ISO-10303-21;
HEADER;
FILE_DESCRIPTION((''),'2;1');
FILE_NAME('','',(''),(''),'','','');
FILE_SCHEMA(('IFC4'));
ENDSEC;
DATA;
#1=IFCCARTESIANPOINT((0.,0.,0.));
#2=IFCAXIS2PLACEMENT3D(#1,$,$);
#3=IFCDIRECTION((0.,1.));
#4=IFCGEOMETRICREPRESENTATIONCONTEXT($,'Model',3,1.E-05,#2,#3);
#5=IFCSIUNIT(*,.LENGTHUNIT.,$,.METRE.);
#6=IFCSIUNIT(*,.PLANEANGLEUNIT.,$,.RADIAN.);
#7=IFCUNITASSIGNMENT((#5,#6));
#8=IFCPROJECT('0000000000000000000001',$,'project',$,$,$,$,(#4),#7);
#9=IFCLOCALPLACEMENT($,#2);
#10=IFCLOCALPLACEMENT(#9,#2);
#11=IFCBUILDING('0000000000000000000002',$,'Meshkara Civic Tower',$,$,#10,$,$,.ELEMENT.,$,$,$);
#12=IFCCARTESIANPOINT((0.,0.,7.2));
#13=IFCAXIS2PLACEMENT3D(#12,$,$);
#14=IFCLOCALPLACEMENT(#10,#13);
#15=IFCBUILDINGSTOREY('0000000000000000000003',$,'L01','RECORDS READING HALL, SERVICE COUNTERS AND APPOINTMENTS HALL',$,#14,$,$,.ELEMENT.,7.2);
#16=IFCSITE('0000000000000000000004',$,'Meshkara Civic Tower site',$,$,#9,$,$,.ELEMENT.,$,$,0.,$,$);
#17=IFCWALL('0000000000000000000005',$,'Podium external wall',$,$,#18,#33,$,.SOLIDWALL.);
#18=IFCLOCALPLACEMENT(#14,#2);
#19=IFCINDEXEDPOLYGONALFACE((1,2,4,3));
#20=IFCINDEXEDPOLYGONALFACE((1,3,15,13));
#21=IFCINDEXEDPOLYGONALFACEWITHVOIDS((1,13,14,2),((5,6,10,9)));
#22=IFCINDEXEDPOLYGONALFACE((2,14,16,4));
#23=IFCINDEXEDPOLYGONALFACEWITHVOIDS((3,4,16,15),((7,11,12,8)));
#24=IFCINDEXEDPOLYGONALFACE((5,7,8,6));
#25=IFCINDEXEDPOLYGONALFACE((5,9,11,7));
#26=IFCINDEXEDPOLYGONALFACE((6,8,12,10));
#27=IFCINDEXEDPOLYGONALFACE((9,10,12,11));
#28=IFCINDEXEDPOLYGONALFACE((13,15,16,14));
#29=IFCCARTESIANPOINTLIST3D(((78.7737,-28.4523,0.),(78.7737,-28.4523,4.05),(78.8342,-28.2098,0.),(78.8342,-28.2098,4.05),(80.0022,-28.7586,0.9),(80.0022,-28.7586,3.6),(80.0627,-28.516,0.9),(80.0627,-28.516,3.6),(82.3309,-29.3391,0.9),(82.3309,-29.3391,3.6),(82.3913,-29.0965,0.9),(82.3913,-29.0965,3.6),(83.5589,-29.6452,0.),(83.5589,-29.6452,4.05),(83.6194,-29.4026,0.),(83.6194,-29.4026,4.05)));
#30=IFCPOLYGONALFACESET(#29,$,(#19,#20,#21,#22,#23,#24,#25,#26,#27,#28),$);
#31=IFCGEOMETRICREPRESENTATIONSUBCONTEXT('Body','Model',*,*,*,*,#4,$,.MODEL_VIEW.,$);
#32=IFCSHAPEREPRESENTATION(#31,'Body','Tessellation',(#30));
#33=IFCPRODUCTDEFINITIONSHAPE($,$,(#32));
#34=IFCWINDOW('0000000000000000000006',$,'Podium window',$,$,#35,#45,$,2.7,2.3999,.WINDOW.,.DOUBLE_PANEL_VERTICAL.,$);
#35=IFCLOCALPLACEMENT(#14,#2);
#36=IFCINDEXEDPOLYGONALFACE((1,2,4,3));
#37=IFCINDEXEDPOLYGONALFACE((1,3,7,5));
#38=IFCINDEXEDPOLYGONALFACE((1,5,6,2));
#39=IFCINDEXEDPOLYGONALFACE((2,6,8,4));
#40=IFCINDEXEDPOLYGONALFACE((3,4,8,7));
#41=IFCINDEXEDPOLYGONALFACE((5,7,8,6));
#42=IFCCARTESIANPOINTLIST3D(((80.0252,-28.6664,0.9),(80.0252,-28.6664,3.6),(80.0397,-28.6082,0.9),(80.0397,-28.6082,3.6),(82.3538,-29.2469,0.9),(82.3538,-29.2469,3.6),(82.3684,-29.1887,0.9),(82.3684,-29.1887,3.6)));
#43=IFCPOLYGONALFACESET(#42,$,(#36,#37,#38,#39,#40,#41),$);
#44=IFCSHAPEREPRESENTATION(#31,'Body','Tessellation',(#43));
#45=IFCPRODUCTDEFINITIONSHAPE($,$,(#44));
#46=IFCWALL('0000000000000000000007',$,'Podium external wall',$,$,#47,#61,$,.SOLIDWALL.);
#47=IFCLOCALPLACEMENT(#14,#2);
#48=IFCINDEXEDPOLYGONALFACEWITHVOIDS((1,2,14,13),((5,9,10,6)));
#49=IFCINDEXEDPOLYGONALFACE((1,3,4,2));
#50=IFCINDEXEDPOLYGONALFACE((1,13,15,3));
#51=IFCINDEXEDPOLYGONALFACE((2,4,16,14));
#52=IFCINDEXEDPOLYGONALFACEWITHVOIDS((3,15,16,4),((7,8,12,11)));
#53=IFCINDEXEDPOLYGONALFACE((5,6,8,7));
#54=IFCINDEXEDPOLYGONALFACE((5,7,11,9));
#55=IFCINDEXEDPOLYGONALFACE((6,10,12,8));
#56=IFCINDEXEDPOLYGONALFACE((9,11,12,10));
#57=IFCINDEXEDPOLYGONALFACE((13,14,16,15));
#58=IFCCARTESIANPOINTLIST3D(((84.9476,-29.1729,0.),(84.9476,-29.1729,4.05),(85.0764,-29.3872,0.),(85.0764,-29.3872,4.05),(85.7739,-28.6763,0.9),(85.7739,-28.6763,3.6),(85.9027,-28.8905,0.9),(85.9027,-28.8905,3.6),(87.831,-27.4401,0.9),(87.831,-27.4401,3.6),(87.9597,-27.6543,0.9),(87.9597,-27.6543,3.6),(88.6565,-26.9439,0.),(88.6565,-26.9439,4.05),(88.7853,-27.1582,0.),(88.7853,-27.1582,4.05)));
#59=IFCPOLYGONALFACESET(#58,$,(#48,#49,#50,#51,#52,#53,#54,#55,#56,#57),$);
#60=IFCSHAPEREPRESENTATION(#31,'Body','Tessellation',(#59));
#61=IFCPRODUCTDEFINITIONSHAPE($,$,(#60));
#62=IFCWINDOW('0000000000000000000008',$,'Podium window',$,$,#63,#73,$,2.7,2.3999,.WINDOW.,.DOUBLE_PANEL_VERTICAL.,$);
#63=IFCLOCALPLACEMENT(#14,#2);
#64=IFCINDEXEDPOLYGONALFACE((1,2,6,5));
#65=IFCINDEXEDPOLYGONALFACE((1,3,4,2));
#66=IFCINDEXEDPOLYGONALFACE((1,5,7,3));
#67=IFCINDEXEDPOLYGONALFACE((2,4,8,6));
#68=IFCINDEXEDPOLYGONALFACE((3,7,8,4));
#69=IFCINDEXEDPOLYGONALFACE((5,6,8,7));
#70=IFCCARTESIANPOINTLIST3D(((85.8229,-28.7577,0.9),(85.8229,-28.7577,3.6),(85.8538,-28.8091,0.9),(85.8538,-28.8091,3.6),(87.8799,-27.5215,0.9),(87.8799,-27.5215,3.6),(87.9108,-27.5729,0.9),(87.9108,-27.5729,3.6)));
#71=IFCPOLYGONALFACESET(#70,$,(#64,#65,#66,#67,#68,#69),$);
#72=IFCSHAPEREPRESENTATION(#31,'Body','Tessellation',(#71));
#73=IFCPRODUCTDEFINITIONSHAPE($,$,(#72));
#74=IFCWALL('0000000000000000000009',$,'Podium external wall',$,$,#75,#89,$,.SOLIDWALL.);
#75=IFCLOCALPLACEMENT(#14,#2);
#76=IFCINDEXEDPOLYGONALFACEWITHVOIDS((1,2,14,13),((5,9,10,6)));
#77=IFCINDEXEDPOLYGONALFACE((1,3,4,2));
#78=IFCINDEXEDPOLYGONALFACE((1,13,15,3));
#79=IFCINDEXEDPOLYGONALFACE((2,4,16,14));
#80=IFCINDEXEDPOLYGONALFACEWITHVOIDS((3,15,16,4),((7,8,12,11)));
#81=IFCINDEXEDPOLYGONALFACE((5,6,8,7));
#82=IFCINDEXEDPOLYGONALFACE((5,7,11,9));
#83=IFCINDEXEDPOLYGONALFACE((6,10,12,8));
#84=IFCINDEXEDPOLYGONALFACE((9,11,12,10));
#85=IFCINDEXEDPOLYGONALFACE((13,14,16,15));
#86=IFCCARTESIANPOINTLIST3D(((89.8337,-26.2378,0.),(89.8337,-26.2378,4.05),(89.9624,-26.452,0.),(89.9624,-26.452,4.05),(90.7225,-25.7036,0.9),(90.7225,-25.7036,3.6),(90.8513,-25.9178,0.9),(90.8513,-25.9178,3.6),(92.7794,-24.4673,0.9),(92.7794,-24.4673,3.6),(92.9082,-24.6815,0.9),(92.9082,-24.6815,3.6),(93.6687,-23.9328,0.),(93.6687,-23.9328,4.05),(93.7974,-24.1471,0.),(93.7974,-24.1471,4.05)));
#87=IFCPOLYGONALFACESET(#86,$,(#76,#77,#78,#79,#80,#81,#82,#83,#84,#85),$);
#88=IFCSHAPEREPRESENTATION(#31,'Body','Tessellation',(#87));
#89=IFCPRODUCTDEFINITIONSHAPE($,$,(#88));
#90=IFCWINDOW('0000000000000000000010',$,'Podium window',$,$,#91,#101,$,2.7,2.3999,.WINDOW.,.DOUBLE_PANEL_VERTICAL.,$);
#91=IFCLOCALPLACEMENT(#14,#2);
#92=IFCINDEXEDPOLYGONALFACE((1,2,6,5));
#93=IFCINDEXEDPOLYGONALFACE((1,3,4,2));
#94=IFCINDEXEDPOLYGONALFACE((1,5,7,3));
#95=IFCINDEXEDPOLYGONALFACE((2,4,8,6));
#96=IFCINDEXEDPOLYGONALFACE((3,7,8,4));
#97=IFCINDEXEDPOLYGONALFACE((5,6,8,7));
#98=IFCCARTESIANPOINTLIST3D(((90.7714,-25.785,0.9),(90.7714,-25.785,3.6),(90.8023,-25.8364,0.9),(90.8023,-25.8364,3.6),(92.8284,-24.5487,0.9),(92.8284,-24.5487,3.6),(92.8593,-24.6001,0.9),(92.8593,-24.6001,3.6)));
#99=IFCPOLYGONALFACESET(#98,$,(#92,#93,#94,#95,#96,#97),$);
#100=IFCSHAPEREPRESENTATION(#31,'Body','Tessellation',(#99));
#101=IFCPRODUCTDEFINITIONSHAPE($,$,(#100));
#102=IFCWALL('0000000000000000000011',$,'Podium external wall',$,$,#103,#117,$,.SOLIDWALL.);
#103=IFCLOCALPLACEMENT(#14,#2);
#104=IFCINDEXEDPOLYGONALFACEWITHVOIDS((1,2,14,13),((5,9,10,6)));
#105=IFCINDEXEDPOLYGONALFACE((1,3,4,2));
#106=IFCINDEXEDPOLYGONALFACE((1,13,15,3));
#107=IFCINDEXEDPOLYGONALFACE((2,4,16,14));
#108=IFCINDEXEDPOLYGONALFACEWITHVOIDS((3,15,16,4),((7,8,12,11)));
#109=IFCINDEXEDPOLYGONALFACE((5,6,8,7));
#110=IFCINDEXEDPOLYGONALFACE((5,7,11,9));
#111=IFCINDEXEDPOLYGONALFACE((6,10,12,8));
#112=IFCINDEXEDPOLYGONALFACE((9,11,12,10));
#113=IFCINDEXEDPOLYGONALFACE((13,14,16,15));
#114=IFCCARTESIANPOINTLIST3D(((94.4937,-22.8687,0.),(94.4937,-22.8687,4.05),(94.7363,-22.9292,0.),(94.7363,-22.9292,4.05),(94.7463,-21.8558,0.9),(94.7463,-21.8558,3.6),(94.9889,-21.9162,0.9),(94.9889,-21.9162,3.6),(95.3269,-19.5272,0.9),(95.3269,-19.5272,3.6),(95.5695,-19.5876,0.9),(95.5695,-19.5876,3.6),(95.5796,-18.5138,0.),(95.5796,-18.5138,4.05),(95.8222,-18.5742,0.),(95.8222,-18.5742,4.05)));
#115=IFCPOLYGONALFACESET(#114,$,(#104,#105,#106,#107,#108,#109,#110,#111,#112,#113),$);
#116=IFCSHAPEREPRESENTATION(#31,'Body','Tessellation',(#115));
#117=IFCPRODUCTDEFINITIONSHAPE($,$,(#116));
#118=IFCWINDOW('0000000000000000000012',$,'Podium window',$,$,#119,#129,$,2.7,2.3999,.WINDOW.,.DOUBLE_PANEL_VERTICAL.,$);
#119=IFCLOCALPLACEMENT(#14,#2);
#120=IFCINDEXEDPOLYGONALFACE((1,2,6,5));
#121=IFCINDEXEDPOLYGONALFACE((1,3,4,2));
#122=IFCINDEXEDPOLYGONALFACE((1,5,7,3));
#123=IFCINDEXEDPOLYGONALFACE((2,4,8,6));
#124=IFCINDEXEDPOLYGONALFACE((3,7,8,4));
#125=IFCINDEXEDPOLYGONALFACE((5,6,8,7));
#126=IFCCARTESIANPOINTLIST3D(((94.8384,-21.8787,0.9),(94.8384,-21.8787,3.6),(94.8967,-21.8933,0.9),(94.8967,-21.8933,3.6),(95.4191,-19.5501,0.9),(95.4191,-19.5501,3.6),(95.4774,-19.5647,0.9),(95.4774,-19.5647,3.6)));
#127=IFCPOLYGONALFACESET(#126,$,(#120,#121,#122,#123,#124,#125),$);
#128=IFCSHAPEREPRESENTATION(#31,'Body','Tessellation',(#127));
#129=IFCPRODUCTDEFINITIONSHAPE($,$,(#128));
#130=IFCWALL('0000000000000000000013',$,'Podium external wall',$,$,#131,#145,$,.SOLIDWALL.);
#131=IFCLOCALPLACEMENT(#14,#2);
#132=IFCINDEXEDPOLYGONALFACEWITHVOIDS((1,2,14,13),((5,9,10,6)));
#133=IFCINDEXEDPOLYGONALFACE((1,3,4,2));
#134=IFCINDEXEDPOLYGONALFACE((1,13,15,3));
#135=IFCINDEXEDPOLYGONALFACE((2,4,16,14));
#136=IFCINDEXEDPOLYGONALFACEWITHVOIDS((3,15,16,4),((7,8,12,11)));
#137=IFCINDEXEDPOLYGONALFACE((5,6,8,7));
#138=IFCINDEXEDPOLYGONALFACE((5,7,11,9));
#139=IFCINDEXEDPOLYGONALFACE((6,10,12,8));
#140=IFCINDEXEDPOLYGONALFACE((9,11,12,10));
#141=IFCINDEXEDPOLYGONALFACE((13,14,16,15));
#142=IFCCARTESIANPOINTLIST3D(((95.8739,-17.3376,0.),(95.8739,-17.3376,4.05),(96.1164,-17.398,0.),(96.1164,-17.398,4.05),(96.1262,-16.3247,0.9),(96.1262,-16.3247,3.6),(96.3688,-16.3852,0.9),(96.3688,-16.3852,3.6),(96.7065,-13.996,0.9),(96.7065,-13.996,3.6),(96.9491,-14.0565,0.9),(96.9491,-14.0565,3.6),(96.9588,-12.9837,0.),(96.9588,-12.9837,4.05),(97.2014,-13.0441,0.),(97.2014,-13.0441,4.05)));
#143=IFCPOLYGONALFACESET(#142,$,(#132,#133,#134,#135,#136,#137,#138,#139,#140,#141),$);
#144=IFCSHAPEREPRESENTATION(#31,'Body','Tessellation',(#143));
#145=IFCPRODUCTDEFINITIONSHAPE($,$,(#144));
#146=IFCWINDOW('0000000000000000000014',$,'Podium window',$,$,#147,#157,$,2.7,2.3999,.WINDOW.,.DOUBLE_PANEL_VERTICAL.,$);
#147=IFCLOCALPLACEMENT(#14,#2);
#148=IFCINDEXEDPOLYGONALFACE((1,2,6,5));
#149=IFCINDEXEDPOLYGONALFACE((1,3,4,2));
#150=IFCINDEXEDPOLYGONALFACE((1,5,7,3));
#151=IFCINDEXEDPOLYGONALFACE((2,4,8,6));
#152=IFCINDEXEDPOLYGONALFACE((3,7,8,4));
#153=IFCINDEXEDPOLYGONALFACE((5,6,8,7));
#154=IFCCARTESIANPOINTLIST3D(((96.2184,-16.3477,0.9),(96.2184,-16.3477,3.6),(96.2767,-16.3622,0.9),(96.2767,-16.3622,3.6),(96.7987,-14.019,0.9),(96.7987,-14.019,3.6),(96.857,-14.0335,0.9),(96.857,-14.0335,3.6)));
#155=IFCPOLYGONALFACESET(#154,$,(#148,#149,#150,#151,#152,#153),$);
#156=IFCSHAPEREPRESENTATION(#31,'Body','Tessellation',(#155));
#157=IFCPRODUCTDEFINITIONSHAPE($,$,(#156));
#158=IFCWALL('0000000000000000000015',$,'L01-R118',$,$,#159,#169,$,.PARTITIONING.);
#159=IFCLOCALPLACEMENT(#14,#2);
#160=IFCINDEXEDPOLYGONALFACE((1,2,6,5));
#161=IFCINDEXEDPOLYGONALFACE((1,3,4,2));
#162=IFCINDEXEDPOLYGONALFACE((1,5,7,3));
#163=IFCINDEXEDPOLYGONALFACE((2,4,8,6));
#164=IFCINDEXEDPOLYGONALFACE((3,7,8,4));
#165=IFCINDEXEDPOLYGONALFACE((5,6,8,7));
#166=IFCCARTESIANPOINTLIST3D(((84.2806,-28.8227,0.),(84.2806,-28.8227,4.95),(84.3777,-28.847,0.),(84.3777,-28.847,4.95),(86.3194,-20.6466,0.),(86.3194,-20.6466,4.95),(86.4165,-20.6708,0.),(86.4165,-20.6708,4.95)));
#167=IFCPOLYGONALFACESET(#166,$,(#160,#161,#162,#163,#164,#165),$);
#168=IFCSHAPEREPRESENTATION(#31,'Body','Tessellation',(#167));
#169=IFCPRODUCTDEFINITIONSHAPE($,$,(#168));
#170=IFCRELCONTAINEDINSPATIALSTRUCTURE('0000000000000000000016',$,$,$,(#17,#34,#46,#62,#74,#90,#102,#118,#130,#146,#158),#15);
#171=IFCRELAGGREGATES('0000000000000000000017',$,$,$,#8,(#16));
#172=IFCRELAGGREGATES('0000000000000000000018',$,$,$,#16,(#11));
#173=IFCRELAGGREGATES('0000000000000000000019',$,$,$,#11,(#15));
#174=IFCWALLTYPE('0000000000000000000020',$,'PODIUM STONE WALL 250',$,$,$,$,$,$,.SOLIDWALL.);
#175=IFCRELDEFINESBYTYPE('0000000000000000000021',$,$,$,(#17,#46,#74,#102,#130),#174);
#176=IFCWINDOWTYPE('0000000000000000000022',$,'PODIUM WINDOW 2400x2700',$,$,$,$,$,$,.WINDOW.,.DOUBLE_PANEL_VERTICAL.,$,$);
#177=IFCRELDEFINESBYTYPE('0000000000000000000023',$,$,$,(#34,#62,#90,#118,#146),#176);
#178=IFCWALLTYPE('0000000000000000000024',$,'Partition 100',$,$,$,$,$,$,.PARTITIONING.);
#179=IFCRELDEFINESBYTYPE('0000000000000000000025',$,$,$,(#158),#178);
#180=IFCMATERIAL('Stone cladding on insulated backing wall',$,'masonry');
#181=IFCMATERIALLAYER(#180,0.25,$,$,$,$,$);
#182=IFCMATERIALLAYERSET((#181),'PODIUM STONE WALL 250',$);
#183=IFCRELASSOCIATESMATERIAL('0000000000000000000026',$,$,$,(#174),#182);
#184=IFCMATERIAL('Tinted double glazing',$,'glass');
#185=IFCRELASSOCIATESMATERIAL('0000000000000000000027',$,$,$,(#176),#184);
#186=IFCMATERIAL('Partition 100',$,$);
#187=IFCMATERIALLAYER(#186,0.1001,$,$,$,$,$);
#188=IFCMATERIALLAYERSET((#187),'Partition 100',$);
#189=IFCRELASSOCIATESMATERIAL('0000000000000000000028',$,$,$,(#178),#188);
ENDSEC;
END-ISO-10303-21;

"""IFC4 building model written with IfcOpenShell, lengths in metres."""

from ifc_helpers import new_model, si_unit, direction, frame, frame_2d, origin, place, context, subcontext, project, spatial, rectangle, extrude, material, layer, layer_set, type_object, element, fill, save


model = new_model("IFC4")

# Units and contexts
model_context = context("Model", 3, precision=1e-05, world=origin(), true_north=direction((0.0, 1.0)))
body_context = subcontext(model_context, "Body", "Model", "MODEL_VIEW")
ifc_project = project(units=[si_unit("LENGTHUNIT", "METRE"), si_unit("PLANEANGLEUNIT", "RADIAN")], contexts=[model_context])

# Site, building, storey
site_placement = place(None, origin())
site = spatial("IfcSite", under=ifc_project, at=site_placement, Name="Meshkara Civic Tower site", CompositionType="ELEMENT", RefElevation=0.0)
building_placement = place(site_placement, origin())
building = spatial("IfcBuilding", under=site, at=building_placement, Name="Meshkara Civic Tower", CompositionType="ELEMENT")
storey_placement = place(building_placement, frame((0.0, 0.0, 7.2)))
storey = spatial("IfcBuildingStorey", under=building, at=storey_placement, Name="L01", Description="RECORDS READING HALL, SERVICE COUNTERS AND APPOINTMENTS HALL", CompositionType="ELEMENT", Elevation=7.2)

# Walls, openings, windows
ifc_material_1 = material(Name="Stone cladding on insulated backing wall", Category="masonry")
ifc_layer_1 = layer(ifc_material_1, 0.25)
ifc_layer_set_1 = layer_set([ifc_layer_1], Name="PODIUM STONE WALL 250")
wall_type_1 = type_object("IfcWallType", Name="PODIUM STONE WALL 250", PredefinedType="SOLIDWALL", material=ifc_layer_set_1)
wall_1_placement = place(storey_placement, frame((78.804, -28.3311, 0.0), z_axis=(0.0, 0.0, 1.0), x_axis=(0.970305, -0.241883, 0.0)))
wall_1 = element("IfcWall", 1, at=wall_1_placement, inside=storey, type_object=wall_type_1, Name="Podium external wall", PredefinedType="SOLIDWALL", context=body_context, shape_type="SweptSolid", body=[
    extrude(rectangle(XDim=4.9316, YDim=0.25, at=frame_2d((2.4658, 0.0))), origin(), (0.0, 0.0, 1.0), 4.05),
])
opening_1_placement = place(wall_1_placement, frame((1.2661, 0.0, 0.8999)))
opening_1 = element("IfcOpeningElement", 2, at=opening_1_placement, cuts=wall_1, PredefinedType="OPENING", context=body_context, shape_type="SweptSolid", body=[
    extrude(rectangle(XDim=2.3999, YDim=2.7, at=frame_2d((1.2, 1.3501))), frame((0.0, 0.135, 0.0), z_axis=(0.0, -1.0, 0.0), x_axis=(1.0, 0.0, 0.0)), (0.0, 0.0, 1.0), 0.27),
])
ifc_material_2 = material(Name="Tinted double glazing", Category="glass")
window_type = type_object("IfcWindowType", Name="PODIUM WINDOW 2400x2700", PartitioningType="DOUBLE_PANEL_VERTICAL", PredefinedType="WINDOW", material=ifc_material_2)
window_1_placement = place(opening_1_placement, origin())
window_1 = element("IfcWindow", 3, at=window_1_placement, inside=storey, type_object=window_type, Name="Podium window", OverallHeight=2.7, OverallWidth=2.3999, PartitioningType="DOUBLE_PANEL_VERTICAL", PredefinedType="WINDOW", context=body_context, shape_type="SweptSolid", body=[
    extrude(rectangle(XDim=2.3999, YDim=2.7, at=frame_2d((1.2, 1.3501))), frame((0.0, 0.03, 0.0), z_axis=(0.0, -1.0, 0.0), x_axis=(1.0, 0.0, 0.0)), (0.0, 0.0, 1.0), 0.0601),
])
fill(opening_1, window_1)
wall_2_placement = place(storey_placement, frame((85.012, -29.28, 0.0), z_axis=(0.0, 0.0, 1.0), x_axis=(0.857124, 0.51511, 0.0)))
wall_2 = element("IfcWall", 4, at=wall_2_placement, inside=storey, type_object=wall_type_1, Name="Podium external wall", PredefinedType="SOLIDWALL", context=body_context, shape_type="SweptSolid", body=[
    extrude(rectangle(XDim=4.3271, YDim=0.25, at=frame_2d((2.1636, 0.0))), origin(), (0.0, 0.0, 1.0), 4.05),
])
opening_2_placement = place(wall_2_placement, frame((0.9641, 0.0, 0.8999)))
opening_2 = element("IfcOpeningElement", 5, at=opening_2_placement, cuts=wall_2, PredefinedType="OPENING", context=body_context, shape_type="SweptSolid", body=[
    extrude(rectangle(XDim=2.3999, YDim=2.7, at=frame_2d((1.2, 1.3501))), frame((0.0, 0.135, 0.0), z_axis=(0.0, -1.0, 0.0), x_axis=(1.0, 0.0, 0.0)), (0.0, 0.0, 1.0), 0.27),
])
window_2_placement = place(opening_2_placement, origin())
window_2 = element("IfcWindow", 6, at=window_2_placement, inside=storey, type_object=window_type, Name="Podium window", OverallHeight=2.7, OverallWidth=2.3999, PartitioningType="DOUBLE_PANEL_VERTICAL", PredefinedType="WINDOW", context=body_context, shape_type="SweptSolid", body=[
    extrude(rectangle(XDim=2.3999, YDim=2.7, at=frame_2d((1.2, 1.3501))), frame((0.0, 0.03, 0.0), z_axis=(0.0, -1.0, 0.0), x_axis=(1.0, 0.0, 0.0)), (0.0, 0.0, 1.0), 0.0601),
])
fill(opening_2, window_2)
wall_3_placement = place(storey_placement, frame((89.8979, -26.345, 0.0), z_axis=(0.0, 0.0, 1.0), x_axis=(0.857103, 0.515146, 0.0)))
wall_3 = element("IfcWall", 7, at=wall_3_placement, inside=storey, type_object=wall_type_1, Name="Podium external wall", PredefinedType="SOLIDWALL", context=body_context, shape_type="SweptSolid", body=[
    extrude(rectangle(XDim=4.4744, YDim=0.25, at=frame_2d((2.2373, 0.0))), origin(), (0.0, 0.0, 1.0), 4.05),
])
opening_3_placement = place(wall_3_placement, frame((1.0371, 0.0, 0.8999)))
opening_3 = element("IfcOpeningElement", 8, at=opening_3_placement, cuts=wall_3, PredefinedType="OPENING", context=body_context, shape_type="SweptSolid", body=[
    extrude(rectangle(XDim=2.3999, YDim=2.7, at=frame_2d((1.2, 1.3501))), frame((0.0, 0.135, 0.0), z_axis=(0.0, -1.0, 0.0), x_axis=(1.0, 0.0, 0.0)), (0.0, 0.0, 1.0), 0.27),
])
window_3_placement = place(opening_3_placement, origin())
window_3 = element("IfcWindow", 9, at=window_3_placement, inside=storey, type_object=window_type, Name="Podium window", OverallHeight=2.7, OverallWidth=2.3999, PartitioningType="DOUBLE_PANEL_VERTICAL", PredefinedType="WINDOW", context=body_context, shape_type="SweptSolid", body=[
    extrude(rectangle(XDim=2.3999, YDim=2.7, at=frame_2d((1.2, 1.3501))), frame((0.0, 0.03, 0.0), z_axis=(0.0, -1.0, 0.0), x_axis=(1.0, 0.0, 0.0)), (0.0, 0.0, 1.0), 0.0601),
])
fill(opening_3, window_3)
wall_4_placement = place(storey_placement, frame((94.615, -22.8989, 0.0), z_axis=(0.0, 0.0, 1.0), x_axis=(0.241947, 0.97029, 0.0)))
wall_4 = element("IfcWall", 10, at=wall_4_placement, inside=storey, type_object=wall_type_1, Name="Podium external wall", PredefinedType="SOLIDWALL", context=body_context, shape_type="SweptSolid", body=[
    extrude(rectangle(XDim=4.4883, YDim=0.25, at=frame_2d((2.2441, 0.0))), origin(), (0.0, 0.0, 1.0), 4.05),
])
opening_4_placement = place(wall_4_placement, frame((1.0439, 0.0, 0.8999)))
opening_4 = element("IfcOpeningElement", 11, at=opening_4_placement, cuts=wall_4, PredefinedType="OPENING", context=body_context, shape_type="SweptSolid", body=[
    extrude(rectangle(XDim=2.3999, YDim=2.7, at=frame_2d((1.2, 1.3501))), frame((0.0, 0.135, 0.0), z_axis=(0.0, -1.0, 0.0), x_axis=(1.0, 0.0, 0.0)), (0.0, 0.0, 1.0), 0.27),
])
window_4_placement = place(opening_4_placement, origin())
window_4 = element("IfcWindow", 12, at=window_4_placement, inside=storey, type_object=window_type, Name="Podium window", OverallHeight=2.7, OverallWidth=2.3999, PartitioningType="DOUBLE_PANEL_VERTICAL", PredefinedType="WINDOW", context=body_context, shape_type="SweptSolid", body=[
    extrude(rectangle(XDim=2.3999, YDim=2.7, at=frame_2d((1.2, 1.3501))), frame((0.0, 0.03, 0.0), z_axis=(0.0, -1.0, 0.0), x_axis=(1.0, 0.0, 0.0)), (0.0, 0.0, 1.0), 0.0601),
])
fill(opening_4, window_4)
wall_5_placement = place(storey_placement, frame((95.9951, -17.3679, 0.0), z_axis=(0.0, 0.0, 1.0), x_axis=(0.241793, 0.970328, 0.0)))
wall_5 = element("IfcWall", 13, at=wall_5_placement, inside=storey, type_object=wall_type_1, Name="Podium external wall", PredefinedType="SOLIDWALL", context=body_context, shape_type="SweptSolid", body=[
    extrude(rectangle(XDim=4.4871, YDim=0.25, at=frame_2d((2.2437, 0.0))), origin(), (0.0, 0.0, 1.0), 4.05),
])
opening_5_placement = place(wall_5_placement, frame((1.0439, 0.0, 0.8999)))
opening_5 = element("IfcOpeningElement", 14, at=opening_5_placement, cuts=wall_5, PredefinedType="OPENING", context=body_context, shape_type="SweptSolid", body=[
    extrude(rectangle(XDim=2.3999, YDim=2.7, at=frame_2d((1.2, 1.3501))), frame((0.0, 0.135, 0.0), z_axis=(0.0, -1.0, 0.0), x_axis=(1.0, 0.0, 0.0)), (0.0, 0.0, 1.0), 0.27),
])
window_5_placement = place(opening_5_placement, origin())
window_5 = element("IfcWindow", 15, at=window_5_placement, inside=storey, type_object=window_type, Name="Podium window", OverallHeight=2.7, OverallWidth=2.3999, PartitioningType="DOUBLE_PANEL_VERTICAL", PredefinedType="WINDOW", context=body_context, shape_type="SweptSolid", body=[
    extrude(rectangle(XDim=2.3999, YDim=2.7, at=frame_2d((1.2, 1.3501))), frame((0.0, 0.03, 0.0), z_axis=(0.0, -1.0, 0.0), x_axis=(1.0, 0.0, 0.0)), (0.0, 0.0, 1.0), 0.0601),
])
fill(opening_5, window_5)

# Wall
ifc_material_3 = material(Name="Partition 100")
ifc_layer_2 = layer(ifc_material_3, 0.1001)
ifc_layer_set_2 = layer_set([ifc_layer_2], Name="Partition 100")
wall_type_2 = type_object("IfcWallType", Name="Partition 100", PredefinedType="PARTITIONING", material=ifc_layer_set_2)
wall_6_placement = place(storey_placement, frame((84.3291, -28.835, 0.0), z_axis=(0.0, 0.0, 1.0), x_axis=(0.241956, 0.970287, 0.0)))
element("IfcWall", 16, at=wall_6_placement, inside=storey, type_object=wall_type_2, Name="L01-R118", PredefinedType="PARTITIONING", context=body_context, shape_type="SweptSolid", body=[
    extrude(rectangle(XDim=8.4265, YDim=0.1001, at=frame_2d((4.2134, 0.0))), origin(), (0.0, 0.0, 1.0), 4.95),
])

save(model, "model.ifc")
